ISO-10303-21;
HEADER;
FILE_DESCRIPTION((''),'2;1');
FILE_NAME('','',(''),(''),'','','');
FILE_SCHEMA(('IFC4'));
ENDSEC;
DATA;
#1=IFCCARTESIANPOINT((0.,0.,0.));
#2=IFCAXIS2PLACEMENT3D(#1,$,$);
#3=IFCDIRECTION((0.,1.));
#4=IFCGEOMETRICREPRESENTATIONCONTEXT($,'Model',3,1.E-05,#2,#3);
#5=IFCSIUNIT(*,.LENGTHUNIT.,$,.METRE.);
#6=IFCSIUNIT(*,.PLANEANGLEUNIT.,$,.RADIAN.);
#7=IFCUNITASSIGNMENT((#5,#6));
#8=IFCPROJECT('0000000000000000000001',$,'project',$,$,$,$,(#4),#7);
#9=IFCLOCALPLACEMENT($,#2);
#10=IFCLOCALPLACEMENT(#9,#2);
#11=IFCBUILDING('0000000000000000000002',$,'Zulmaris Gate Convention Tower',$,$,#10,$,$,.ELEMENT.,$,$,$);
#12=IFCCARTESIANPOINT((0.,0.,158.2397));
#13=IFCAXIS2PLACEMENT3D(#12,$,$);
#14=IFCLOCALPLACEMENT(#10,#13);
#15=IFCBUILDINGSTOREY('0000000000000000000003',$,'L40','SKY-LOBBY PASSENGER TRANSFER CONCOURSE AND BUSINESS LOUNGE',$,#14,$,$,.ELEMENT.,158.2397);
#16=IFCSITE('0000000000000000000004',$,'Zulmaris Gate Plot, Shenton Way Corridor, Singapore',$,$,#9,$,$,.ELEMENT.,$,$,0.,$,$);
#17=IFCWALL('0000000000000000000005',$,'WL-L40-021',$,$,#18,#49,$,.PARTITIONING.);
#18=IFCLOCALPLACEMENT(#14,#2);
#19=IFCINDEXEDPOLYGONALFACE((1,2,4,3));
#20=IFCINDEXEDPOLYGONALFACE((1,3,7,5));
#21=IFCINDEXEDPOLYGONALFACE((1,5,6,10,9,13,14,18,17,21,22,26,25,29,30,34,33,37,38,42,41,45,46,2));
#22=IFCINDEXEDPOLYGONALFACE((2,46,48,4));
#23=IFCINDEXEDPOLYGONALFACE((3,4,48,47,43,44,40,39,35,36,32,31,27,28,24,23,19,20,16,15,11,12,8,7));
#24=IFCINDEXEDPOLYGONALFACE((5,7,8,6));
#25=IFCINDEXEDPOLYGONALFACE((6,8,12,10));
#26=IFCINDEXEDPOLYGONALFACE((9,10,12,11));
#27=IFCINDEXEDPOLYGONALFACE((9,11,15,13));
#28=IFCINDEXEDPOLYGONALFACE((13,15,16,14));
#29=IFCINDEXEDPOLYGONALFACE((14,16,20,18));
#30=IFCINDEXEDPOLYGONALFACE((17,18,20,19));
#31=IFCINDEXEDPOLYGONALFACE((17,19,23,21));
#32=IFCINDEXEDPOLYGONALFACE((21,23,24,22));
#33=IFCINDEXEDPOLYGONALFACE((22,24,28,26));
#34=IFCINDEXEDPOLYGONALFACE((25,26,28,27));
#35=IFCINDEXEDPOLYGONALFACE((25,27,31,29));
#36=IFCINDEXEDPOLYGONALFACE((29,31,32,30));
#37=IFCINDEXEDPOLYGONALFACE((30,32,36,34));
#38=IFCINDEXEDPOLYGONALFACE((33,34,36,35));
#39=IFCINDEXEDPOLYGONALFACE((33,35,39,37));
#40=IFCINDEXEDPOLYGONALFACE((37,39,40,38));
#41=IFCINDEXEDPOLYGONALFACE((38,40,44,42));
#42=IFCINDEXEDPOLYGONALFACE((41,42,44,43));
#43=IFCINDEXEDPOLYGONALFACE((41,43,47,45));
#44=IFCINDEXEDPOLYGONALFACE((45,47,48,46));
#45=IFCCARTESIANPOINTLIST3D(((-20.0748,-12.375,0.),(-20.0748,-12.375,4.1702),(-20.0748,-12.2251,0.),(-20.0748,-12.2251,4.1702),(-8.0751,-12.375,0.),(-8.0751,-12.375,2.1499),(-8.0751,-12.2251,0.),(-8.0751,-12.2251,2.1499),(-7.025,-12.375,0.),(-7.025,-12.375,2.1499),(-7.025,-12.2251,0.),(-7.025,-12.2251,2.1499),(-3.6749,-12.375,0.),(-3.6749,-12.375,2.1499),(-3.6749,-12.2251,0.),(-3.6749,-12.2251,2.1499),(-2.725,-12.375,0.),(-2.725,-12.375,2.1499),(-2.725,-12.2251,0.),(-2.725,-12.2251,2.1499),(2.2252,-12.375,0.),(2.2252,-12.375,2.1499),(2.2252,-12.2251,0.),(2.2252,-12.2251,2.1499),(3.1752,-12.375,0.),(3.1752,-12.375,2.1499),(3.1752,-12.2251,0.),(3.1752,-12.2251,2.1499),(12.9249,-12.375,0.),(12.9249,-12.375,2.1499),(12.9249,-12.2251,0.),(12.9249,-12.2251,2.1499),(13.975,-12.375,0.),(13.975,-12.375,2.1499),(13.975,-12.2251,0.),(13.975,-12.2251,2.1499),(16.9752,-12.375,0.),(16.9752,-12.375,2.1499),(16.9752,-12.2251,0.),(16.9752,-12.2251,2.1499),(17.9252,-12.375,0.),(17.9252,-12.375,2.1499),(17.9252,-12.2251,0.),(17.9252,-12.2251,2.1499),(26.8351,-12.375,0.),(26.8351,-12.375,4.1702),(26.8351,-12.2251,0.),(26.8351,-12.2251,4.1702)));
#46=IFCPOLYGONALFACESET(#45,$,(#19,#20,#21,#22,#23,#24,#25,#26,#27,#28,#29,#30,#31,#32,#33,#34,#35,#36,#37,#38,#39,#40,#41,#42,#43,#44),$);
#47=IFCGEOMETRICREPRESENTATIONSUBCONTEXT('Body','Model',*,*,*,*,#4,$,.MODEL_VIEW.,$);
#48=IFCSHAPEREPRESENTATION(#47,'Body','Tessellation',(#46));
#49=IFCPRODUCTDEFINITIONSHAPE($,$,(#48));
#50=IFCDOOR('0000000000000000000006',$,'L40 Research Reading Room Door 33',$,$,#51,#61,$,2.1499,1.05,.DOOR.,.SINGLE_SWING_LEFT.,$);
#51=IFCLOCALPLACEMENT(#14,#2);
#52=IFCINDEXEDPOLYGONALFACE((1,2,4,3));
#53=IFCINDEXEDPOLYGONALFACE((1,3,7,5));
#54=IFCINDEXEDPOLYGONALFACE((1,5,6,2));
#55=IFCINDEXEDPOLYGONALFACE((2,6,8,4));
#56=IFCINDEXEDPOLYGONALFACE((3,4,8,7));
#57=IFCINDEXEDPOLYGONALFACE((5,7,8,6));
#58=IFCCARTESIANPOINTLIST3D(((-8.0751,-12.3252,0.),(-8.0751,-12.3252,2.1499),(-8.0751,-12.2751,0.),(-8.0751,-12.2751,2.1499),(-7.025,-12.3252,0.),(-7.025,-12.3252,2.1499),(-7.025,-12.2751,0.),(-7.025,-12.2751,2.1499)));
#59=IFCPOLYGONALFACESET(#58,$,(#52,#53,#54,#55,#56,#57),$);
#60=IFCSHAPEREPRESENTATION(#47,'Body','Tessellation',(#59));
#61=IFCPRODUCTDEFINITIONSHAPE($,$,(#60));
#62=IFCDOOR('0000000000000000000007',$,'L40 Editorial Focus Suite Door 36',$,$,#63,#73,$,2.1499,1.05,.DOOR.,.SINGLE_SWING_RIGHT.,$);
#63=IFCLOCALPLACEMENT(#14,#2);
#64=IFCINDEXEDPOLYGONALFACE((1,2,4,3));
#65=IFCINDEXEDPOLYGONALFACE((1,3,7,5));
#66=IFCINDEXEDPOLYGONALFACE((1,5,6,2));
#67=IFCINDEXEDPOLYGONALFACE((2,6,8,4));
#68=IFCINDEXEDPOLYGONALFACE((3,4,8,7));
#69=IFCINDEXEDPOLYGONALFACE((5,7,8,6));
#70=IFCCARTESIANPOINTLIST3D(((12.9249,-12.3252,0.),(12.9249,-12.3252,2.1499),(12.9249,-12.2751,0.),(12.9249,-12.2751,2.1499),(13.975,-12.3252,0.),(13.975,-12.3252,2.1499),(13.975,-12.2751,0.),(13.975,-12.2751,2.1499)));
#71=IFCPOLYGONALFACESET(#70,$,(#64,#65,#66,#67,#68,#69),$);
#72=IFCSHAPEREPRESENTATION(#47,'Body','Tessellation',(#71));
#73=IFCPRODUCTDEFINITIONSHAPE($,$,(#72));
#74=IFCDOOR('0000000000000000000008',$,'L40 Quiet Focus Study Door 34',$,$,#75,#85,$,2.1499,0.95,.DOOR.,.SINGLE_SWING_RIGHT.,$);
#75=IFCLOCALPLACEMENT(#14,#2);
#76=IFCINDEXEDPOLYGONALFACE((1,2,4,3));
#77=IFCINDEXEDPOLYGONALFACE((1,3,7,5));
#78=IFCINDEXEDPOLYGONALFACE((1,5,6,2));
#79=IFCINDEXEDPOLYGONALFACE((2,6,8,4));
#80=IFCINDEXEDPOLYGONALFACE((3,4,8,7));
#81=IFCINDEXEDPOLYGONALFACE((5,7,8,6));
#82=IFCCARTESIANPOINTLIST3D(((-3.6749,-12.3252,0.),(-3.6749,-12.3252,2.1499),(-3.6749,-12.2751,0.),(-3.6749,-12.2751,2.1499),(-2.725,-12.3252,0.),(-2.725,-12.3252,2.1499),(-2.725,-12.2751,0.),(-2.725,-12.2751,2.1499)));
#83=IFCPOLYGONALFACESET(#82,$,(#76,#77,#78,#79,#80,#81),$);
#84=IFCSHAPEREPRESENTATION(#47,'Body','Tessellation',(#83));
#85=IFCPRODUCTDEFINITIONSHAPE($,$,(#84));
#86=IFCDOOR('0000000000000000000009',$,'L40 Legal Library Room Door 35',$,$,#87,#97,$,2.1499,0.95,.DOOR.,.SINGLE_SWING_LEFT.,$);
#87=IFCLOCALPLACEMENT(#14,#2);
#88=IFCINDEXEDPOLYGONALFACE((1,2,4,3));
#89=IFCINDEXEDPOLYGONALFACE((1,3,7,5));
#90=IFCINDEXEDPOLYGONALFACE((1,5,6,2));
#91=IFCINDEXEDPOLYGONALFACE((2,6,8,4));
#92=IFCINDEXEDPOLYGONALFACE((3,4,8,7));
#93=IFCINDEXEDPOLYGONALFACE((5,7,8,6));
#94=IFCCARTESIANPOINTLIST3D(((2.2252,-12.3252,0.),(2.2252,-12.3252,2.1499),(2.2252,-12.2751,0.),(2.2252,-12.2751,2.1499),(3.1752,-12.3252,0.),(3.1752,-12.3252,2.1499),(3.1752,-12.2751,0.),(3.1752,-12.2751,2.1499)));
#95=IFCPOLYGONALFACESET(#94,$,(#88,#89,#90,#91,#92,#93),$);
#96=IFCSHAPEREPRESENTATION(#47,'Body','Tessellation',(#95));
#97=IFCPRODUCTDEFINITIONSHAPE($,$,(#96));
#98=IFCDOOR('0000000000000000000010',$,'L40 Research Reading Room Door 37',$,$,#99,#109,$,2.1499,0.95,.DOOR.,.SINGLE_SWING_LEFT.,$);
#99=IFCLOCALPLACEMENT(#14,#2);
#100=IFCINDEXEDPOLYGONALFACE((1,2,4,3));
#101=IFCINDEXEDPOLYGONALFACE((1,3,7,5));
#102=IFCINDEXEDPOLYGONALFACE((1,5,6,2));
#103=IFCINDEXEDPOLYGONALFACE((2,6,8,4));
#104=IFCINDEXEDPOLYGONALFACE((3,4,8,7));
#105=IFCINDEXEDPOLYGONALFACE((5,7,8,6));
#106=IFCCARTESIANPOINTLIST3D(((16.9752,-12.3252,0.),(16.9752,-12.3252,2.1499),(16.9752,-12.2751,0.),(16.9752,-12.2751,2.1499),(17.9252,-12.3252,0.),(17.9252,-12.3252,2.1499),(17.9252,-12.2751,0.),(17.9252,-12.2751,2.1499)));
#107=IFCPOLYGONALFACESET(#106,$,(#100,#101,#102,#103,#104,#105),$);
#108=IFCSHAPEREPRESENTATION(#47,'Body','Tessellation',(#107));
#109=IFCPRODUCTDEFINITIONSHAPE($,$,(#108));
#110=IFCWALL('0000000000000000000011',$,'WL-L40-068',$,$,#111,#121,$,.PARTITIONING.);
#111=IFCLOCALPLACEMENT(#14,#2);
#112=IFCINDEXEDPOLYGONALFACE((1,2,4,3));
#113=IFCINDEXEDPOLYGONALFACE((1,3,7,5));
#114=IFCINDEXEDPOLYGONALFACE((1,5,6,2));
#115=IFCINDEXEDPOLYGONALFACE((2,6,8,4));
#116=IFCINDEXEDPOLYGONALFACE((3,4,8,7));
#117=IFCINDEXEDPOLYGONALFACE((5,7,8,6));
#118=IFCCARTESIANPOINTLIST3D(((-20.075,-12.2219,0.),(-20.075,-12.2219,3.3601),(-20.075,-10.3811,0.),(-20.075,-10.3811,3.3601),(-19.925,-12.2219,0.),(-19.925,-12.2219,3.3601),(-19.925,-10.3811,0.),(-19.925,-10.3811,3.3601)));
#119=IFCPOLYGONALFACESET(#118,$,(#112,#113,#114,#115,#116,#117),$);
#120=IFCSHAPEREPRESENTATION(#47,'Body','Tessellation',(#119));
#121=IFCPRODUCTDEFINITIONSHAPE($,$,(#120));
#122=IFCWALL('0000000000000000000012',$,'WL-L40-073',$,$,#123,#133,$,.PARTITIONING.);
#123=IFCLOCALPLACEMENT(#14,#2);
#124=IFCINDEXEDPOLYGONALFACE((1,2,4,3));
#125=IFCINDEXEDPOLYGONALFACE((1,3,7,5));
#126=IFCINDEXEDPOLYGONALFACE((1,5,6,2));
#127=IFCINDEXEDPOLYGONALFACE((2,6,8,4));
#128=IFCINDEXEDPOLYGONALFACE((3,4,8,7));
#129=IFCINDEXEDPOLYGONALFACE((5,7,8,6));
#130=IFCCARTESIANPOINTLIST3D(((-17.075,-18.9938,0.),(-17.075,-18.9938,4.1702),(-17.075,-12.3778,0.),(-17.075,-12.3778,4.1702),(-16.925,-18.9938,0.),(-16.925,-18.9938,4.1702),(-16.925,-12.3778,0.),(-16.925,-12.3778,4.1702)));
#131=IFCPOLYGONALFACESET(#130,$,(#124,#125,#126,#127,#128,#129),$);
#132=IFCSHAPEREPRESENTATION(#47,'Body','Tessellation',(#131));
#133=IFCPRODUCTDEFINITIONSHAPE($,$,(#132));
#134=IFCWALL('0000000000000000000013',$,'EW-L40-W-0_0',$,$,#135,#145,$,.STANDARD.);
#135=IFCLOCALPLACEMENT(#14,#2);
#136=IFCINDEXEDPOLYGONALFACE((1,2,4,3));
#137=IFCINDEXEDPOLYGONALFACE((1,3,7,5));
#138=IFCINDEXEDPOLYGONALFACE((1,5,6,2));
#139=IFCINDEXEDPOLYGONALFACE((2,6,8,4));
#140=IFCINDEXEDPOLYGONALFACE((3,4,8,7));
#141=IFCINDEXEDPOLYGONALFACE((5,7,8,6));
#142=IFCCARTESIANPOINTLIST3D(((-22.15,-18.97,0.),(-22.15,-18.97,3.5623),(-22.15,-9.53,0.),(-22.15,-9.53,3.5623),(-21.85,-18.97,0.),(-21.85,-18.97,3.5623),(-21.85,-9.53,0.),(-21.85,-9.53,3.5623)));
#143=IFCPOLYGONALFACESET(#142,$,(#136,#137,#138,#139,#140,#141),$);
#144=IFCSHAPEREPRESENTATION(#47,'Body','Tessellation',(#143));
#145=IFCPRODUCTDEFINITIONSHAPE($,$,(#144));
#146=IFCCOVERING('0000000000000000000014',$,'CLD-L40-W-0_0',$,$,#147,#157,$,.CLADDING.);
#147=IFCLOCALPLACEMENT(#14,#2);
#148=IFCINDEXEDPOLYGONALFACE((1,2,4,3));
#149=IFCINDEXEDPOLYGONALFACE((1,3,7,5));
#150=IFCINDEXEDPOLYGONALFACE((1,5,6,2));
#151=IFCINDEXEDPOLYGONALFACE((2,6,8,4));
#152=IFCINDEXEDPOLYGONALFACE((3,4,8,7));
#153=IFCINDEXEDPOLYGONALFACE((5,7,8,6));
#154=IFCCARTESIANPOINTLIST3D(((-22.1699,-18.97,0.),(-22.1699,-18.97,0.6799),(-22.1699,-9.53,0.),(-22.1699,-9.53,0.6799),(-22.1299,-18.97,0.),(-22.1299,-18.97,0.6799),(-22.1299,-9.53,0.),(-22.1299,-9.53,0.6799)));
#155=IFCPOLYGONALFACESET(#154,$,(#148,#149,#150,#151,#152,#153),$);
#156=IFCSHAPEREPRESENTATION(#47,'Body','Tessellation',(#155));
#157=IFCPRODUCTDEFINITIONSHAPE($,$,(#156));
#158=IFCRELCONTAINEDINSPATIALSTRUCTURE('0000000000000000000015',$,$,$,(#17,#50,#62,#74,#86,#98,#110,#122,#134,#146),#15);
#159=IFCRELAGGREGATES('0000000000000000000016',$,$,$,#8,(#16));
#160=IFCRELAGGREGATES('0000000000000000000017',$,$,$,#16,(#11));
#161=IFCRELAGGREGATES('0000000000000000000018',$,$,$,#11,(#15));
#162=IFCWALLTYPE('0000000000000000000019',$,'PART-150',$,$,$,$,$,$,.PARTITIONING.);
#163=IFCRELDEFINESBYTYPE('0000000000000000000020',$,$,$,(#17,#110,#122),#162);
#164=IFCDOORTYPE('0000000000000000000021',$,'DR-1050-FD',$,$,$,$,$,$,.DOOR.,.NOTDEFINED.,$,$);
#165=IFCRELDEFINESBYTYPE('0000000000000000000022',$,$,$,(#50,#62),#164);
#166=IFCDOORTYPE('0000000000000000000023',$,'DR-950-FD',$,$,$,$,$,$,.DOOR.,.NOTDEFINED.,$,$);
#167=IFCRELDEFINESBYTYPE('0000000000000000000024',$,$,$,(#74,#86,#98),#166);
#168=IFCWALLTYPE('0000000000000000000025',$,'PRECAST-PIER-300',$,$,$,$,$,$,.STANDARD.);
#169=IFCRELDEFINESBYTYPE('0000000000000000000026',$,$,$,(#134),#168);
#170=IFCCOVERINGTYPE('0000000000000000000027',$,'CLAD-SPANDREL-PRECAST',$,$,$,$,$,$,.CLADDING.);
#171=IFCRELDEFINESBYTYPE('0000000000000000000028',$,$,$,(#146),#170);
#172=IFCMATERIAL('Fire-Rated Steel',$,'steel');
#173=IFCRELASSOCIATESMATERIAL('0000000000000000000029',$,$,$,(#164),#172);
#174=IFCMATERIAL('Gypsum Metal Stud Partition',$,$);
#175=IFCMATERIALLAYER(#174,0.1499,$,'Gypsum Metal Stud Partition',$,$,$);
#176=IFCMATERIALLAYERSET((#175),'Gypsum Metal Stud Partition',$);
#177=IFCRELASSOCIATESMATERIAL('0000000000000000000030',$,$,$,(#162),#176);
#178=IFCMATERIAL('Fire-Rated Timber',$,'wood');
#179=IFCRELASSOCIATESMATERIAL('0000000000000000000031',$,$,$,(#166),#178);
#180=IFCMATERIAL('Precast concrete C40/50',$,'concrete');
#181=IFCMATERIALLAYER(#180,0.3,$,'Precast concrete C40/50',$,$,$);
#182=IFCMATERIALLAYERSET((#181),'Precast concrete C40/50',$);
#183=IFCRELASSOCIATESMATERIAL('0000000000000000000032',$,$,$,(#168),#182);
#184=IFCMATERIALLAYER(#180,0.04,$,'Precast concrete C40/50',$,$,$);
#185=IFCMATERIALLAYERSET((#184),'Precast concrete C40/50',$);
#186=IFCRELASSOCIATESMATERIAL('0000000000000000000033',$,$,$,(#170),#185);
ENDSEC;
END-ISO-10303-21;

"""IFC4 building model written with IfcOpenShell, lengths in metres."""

from ifc_helpers import new_model, si_unit, direction, frame, frame_2d, origin, place, context, subcontext, project, spatial, rectangle, extrude, material, layer, layer_set, type_object, element, fill, save


model = new_model("IFC4")

# Units and contexts
model_context = context("Model", 3, precision=1e-05, world=origin(), true_north=direction((0.0, 1.0)))
body_context = subcontext(model_context, "Body", "Model", "MODEL_VIEW")
ifc_project = project(units=[si_unit("LENGTHUNIT", "METRE"), si_unit("PLANEANGLEUNIT", "RADIAN")], contexts=[model_context])

# Site, building, storey
site_placement = place(None, origin())
site = spatial("IfcSite", under=ifc_project, at=site_placement, Name="Zulmaris Gate Plot, Shenton Way Corridor, Singapore", CompositionType="ELEMENT", RefElevation=0.0)
building_placement = place(site_placement, origin())
building = spatial("IfcBuilding", under=site, at=building_placement, Name="Zulmaris Gate Convention Tower", CompositionType="ELEMENT")
storey_placement = place(building_placement, frame((0.0, 0.0, 158.2397)))
storey = spatial("IfcBuildingStorey", under=building, at=storey_placement, Name="L40", Description="SKY-LOBBY PASSENGER TRANSFER CONCOURSE AND BUSINESS LOUNGE", CompositionType="ELEMENT", Elevation=158.2397)

# Shared definitions
ifc_material_1 = material(Name="Fire-Rated Steel", Category="steel")
door_type_1 = type_object("IfcDoorType", Name="DR-1050-FD", OperationType="NOTDEFINED", PredefinedType="DOOR", material=ifc_material_1)

# Wall, openings, doors
ifc_material_2 = material(Name="Gypsum Metal Stud Partition")
ifc_layer_1 = layer(ifc_material_2, 0.1499, Name="Gypsum Metal Stud Partition")
ifc_layer_set_1 = layer_set([ifc_layer_1], Name="Gypsum Metal Stud Partition")
wall_type_1 = type_object("IfcWallType", Name="PART-150", PredefinedType="PARTITIONING", material=ifc_layer_set_1)
wall_1_placement = place(storey_placement, frame((-20.075, -12.3, 0.0), z_axis=(0.0, 0.0, 1.0), x_axis=(1.0, 0.0, 0.0)))
wall_1 = element("IfcWall", 1, at=wall_1_placement, inside=storey, type_object=wall_type_1, Name="WL-L40-021", PredefinedType="PARTITIONING", context=body_context, shape_type="SweptSolid", body=[
    extrude(rectangle(XDim=46.9099, YDim=0.1499, at=frame_2d((23.4551, 0.0))), origin(), (0.0, 0.0, 1.0), 4.1702),
])
opening_1_placement = place(wall_1_placement, frame((12.0, 0.0, 0.0)))
opening_1 = element("IfcOpeningElement", 2, at=opening_1_placement, cuts=wall_1, PredefinedType="OPENING", context=body_context, shape_type="SweptSolid", body=[
    extrude(rectangle(XDim=1.05, YDim=2.1499, at=frame_2d((0.5249, 1.075))), frame((0.0, 0.085, 0.0), z_axis=(0.0, -1.0, 0.0), x_axis=(1.0, 0.0, 0.0)), (0.0, 0.0, 1.0), 0.1699),
])
opening_2_placement = place(wall_1_placement, frame((16.3999, 0.0, 0.0)))
opening_2 = element("IfcOpeningElement", 3, at=opening_2_placement, cuts=wall_1, PredefinedType="OPENING", context=body_context, shape_type="SweptSolid", body=[
    extrude(rectangle(XDim=0.95, YDim=2.1499, at=frame_2d((0.4751, 1.075))), frame((0.0, 0.085, 0.0), z_axis=(0.0, -1.0, 0.0), x_axis=(1.0, 0.0, 0.0)), (0.0, 0.0, 1.0), 0.1699),
])
opening_3_placement = place(wall_1_placement, frame((22.3, 0.0, 0.0)))
opening_3 = element("IfcOpeningElement", 4, at=opening_3_placement, cuts=wall_1, PredefinedType="OPENING", context=body_context, shape_type="SweptSolid", body=[
    extrude(rectangle(XDim=0.95, YDim=2.1499, at=frame_2d((0.4751, 1.075))), frame((0.0, 0.085, 0.0), z_axis=(0.0, -1.0, 0.0), x_axis=(1.0, 0.0, 0.0)), (0.0, 0.0, 1.0), 0.1699),
])
opening_4_placement = place(wall_1_placement, frame((33.0, 0.0, 0.0)))
opening_4 = element("IfcOpeningElement", 5, at=opening_4_placement, cuts=wall_1, PredefinedType="OPENING", context=body_context, shape_type="SweptSolid", body=[
    extrude(rectangle(XDim=1.05, YDim=2.1499, at=frame_2d((0.5249, 1.075))), frame((0.0, 0.085, 0.0), z_axis=(0.0, -1.0, 0.0), x_axis=(1.0, 0.0, 0.0)), (0.0, 0.0, 1.0), 0.1699),
])
opening_5_placement = place(wall_1_placement, frame((37.05, 0.0, 0.0)))
opening_5 = element("IfcOpeningElement", 6, at=opening_5_placement, cuts=wall_1, PredefinedType="OPENING", context=body_context, shape_type="SweptSolid", body=[
    extrude(rectangle(XDim=0.95, YDim=2.1499, at=frame_2d((0.4751, 1.075))), frame((0.0, 0.085, 0.0), z_axis=(0.0, -1.0, 0.0), x_axis=(1.0, 0.0, 0.0)), (0.0, 0.0, 1.0), 0.1699),
])
door_1_placement = place(opening_1_placement, origin())
door_1 = element("IfcDoor", 7, at=door_1_placement, inside=storey, type_object=door_type_1, Name="L40 Research Reading Room Door 33", OperationType="SINGLE_SWING_LEFT", OverallHeight=2.1499, OverallWidth=1.05, PredefinedType="DOOR", context=body_context, shape_type="SweptSolid", body=[
    extrude(rectangle(XDim=1.05, YDim=2.1499, at=frame_2d((0.5249, 1.075))), frame((0.0, 0.0249, 0.0), z_axis=(0.0, -1.0, 0.0), x_axis=(1.0, 0.0, 0.0)), (0.0, 0.0, 1.0), 0.05),
])
fill(opening_1, door_1)
door_2_placement = place(opening_4_placement, origin())
door_2 = element("IfcDoor", 8, at=door_2_placement, inside=storey, type_object=door_type_1, Name="L40 Editorial Focus Suite Door 36", OperationType="SINGLE_SWING_RIGHT", OverallHeight=2.1499, OverallWidth=1.05, PredefinedType="DOOR", context=body_context, shape_type="SweptSolid", body=[
    extrude(rectangle(XDim=1.05, YDim=2.1499, at=frame_2d((0.5249, 1.075))), frame((0.0, 0.0249, 0.0), z_axis=(0.0, -1.0, 0.0), x_axis=(1.0, 0.0, 0.0)), (0.0, 0.0, 1.0), 0.05),
])
fill(opening_4, door_2)
ifc_material_3 = material(Name="Fire-Rated Timber", Category="wood")
door_type_2 = type_object("IfcDoorType", Name="DR-950-FD", OperationType="NOTDEFINED", PredefinedType="DOOR", material=ifc_material_3)
door_3_placement = place(opening_2_placement, origin())
door_3 = element("IfcDoor", 9, at=door_3_placement, inside=storey, type_object=door_type_2, Name="L40 Quiet Focus Study Door 34", OperationType="SINGLE_SWING_RIGHT", OverallHeight=2.1499, OverallWidth=0.95, PredefinedType="DOOR", context=body_context, shape_type="SweptSolid", body=[
    extrude(rectangle(XDim=0.95, YDim=2.1499, at=frame_2d((0.4751, 1.075))), frame((0.0, 0.0249, 0.0), z_axis=(0.0, -1.0, 0.0), x_axis=(1.0, 0.0, 0.0)), (0.0, 0.0, 1.0), 0.05),
])
fill(opening_2, door_3)
door_4_placement = place(opening_3_placement, origin())
door_4 = element("IfcDoor", 10, at=door_4_placement, inside=storey, type_object=door_type_2, Name="L40 Legal Library Room Door 35", OperationType="SINGLE_SWING_LEFT", OverallHeight=2.1499, OverallWidth=0.95, PredefinedType="DOOR", context=body_context, shape_type="SweptSolid", body=[
    extrude(rectangle(XDim=0.95, YDim=2.1499, at=frame_2d((0.4751, 1.075))), frame((0.0, 0.0249, 0.0), z_axis=(0.0, -1.0, 0.0), x_axis=(1.0, 0.0, 0.0)), (0.0, 0.0, 1.0), 0.05),
])
fill(opening_3, door_4)
door_5_placement = place(opening_5_placement, origin())
door_5 = element("IfcDoor", 11, at=door_5_placement, inside=storey, type_object=door_type_2, Name="L40 Research Reading Room Door 37", OperationType="SINGLE_SWING_LEFT", OverallHeight=2.1499, OverallWidth=0.95, PredefinedType="DOOR", context=body_context, shape_type="SweptSolid", body=[
    extrude(rectangle(XDim=0.95, YDim=2.1499, at=frame_2d((0.4751, 1.075))), frame((0.0, 0.0249, 0.0), z_axis=(0.0, -1.0, 0.0), x_axis=(1.0, 0.0, 0.0)), (0.0, 0.0, 1.0), 0.05),
])
fill(opening_5, door_5)

# Walls
wall_2_placement = place(storey_placement, frame((-20.0, -12.2219, 0.0), z_axis=(0.0, 0.0, 1.0), x_axis=(0.0, 1.0, 0.0)))
element("IfcWall", 12, at=wall_2_placement, inside=storey, type_object=wall_type_1, Name="WL-L40-068", PredefinedType="PARTITIONING", context=body_context, shape_type="SweptSolid", body=[
    extrude(rectangle(XDim=1.8408, YDim=0.1499, at=frame_2d((0.9204, 0.0))), origin(), (0.0, 0.0, 1.0), 3.3601),
])
wall_3_placement = place(storey_placement, frame((-17.0, -18.9939, 0.0), z_axis=(0.0, 0.0, 1.0), x_axis=(0.0, 1.0, 0.0)))
element("IfcWall", 13, at=wall_3_placement, inside=storey, type_object=wall_type_1, Name="WL-L40-073", PredefinedType="PARTITIONING", context=body_context, shape_type="SweptSolid", body=[
    extrude(rectangle(XDim=6.616, YDim=0.1499, at=frame_2d((3.3081, 0.0))), origin(), (0.0, 0.0, 1.0), 4.1702),
])
ifc_material_4 = material(Name="Precast concrete C40/50", Category="concrete")
ifc_layer_2 = layer(ifc_material_4, 0.3, Name="Precast concrete C40/50")
ifc_layer_set_2 = layer_set([ifc_layer_2], Name="Precast concrete C40/50")
wall_type_2 = type_object("IfcWallType", Name="PRECAST-PIER-300", PredefinedType="STANDARD", material=ifc_layer_set_2)
wall_4_placement = place(storey_placement, frame((-22.0, -9.53, 0.0), z_axis=(0.0, 0.0, 1.0), x_axis=(0.0, -1.0, 0.0)))
element("IfcWall", 14, at=wall_4_placement, inside=storey, type_object=wall_type_2, Name="EW-L40-W-0_0", PredefinedType="STANDARD", context=body_context, shape_type="SweptSolid", body=[
    extrude(rectangle(XDim=9.4399, YDim=0.3, at=frame_2d((4.72, 0.0))), origin(), (0.0, 0.0, 1.0), 3.5623),
])

# Covering
ifc_layer_3 = layer(ifc_material_4, 0.04, Name="Precast concrete C40/50")
ifc_layer_set_3 = layer_set([ifc_layer_3], Name="Precast concrete C40/50")
covering_type = type_object("IfcCoveringType", Name="CLAD-SPANDREL-PRECAST", PredefinedType="CLADDING", material=ifc_layer_set_3)
covering_placement = place(storey_placement, frame((-22.1499, -9.53, 0.0), z_axis=(0.0, 0.0, 1.0), x_axis=(0.0, -1.0, 0.0)))
element("IfcCovering", 15, at=covering_placement, inside=storey, type_object=covering_type, Name="CLD-L40-W-0_0", PredefinedType="CLADDING", context=body_context, shape_type="SweptSolid", body=[
    extrude(rectangle(XDim=9.4399, YDim=0.04, at=frame_2d((4.72, 0.0))), origin(), (0.0, 0.0, 1.0), 0.6799),
])

save(model, "model.ifc")
